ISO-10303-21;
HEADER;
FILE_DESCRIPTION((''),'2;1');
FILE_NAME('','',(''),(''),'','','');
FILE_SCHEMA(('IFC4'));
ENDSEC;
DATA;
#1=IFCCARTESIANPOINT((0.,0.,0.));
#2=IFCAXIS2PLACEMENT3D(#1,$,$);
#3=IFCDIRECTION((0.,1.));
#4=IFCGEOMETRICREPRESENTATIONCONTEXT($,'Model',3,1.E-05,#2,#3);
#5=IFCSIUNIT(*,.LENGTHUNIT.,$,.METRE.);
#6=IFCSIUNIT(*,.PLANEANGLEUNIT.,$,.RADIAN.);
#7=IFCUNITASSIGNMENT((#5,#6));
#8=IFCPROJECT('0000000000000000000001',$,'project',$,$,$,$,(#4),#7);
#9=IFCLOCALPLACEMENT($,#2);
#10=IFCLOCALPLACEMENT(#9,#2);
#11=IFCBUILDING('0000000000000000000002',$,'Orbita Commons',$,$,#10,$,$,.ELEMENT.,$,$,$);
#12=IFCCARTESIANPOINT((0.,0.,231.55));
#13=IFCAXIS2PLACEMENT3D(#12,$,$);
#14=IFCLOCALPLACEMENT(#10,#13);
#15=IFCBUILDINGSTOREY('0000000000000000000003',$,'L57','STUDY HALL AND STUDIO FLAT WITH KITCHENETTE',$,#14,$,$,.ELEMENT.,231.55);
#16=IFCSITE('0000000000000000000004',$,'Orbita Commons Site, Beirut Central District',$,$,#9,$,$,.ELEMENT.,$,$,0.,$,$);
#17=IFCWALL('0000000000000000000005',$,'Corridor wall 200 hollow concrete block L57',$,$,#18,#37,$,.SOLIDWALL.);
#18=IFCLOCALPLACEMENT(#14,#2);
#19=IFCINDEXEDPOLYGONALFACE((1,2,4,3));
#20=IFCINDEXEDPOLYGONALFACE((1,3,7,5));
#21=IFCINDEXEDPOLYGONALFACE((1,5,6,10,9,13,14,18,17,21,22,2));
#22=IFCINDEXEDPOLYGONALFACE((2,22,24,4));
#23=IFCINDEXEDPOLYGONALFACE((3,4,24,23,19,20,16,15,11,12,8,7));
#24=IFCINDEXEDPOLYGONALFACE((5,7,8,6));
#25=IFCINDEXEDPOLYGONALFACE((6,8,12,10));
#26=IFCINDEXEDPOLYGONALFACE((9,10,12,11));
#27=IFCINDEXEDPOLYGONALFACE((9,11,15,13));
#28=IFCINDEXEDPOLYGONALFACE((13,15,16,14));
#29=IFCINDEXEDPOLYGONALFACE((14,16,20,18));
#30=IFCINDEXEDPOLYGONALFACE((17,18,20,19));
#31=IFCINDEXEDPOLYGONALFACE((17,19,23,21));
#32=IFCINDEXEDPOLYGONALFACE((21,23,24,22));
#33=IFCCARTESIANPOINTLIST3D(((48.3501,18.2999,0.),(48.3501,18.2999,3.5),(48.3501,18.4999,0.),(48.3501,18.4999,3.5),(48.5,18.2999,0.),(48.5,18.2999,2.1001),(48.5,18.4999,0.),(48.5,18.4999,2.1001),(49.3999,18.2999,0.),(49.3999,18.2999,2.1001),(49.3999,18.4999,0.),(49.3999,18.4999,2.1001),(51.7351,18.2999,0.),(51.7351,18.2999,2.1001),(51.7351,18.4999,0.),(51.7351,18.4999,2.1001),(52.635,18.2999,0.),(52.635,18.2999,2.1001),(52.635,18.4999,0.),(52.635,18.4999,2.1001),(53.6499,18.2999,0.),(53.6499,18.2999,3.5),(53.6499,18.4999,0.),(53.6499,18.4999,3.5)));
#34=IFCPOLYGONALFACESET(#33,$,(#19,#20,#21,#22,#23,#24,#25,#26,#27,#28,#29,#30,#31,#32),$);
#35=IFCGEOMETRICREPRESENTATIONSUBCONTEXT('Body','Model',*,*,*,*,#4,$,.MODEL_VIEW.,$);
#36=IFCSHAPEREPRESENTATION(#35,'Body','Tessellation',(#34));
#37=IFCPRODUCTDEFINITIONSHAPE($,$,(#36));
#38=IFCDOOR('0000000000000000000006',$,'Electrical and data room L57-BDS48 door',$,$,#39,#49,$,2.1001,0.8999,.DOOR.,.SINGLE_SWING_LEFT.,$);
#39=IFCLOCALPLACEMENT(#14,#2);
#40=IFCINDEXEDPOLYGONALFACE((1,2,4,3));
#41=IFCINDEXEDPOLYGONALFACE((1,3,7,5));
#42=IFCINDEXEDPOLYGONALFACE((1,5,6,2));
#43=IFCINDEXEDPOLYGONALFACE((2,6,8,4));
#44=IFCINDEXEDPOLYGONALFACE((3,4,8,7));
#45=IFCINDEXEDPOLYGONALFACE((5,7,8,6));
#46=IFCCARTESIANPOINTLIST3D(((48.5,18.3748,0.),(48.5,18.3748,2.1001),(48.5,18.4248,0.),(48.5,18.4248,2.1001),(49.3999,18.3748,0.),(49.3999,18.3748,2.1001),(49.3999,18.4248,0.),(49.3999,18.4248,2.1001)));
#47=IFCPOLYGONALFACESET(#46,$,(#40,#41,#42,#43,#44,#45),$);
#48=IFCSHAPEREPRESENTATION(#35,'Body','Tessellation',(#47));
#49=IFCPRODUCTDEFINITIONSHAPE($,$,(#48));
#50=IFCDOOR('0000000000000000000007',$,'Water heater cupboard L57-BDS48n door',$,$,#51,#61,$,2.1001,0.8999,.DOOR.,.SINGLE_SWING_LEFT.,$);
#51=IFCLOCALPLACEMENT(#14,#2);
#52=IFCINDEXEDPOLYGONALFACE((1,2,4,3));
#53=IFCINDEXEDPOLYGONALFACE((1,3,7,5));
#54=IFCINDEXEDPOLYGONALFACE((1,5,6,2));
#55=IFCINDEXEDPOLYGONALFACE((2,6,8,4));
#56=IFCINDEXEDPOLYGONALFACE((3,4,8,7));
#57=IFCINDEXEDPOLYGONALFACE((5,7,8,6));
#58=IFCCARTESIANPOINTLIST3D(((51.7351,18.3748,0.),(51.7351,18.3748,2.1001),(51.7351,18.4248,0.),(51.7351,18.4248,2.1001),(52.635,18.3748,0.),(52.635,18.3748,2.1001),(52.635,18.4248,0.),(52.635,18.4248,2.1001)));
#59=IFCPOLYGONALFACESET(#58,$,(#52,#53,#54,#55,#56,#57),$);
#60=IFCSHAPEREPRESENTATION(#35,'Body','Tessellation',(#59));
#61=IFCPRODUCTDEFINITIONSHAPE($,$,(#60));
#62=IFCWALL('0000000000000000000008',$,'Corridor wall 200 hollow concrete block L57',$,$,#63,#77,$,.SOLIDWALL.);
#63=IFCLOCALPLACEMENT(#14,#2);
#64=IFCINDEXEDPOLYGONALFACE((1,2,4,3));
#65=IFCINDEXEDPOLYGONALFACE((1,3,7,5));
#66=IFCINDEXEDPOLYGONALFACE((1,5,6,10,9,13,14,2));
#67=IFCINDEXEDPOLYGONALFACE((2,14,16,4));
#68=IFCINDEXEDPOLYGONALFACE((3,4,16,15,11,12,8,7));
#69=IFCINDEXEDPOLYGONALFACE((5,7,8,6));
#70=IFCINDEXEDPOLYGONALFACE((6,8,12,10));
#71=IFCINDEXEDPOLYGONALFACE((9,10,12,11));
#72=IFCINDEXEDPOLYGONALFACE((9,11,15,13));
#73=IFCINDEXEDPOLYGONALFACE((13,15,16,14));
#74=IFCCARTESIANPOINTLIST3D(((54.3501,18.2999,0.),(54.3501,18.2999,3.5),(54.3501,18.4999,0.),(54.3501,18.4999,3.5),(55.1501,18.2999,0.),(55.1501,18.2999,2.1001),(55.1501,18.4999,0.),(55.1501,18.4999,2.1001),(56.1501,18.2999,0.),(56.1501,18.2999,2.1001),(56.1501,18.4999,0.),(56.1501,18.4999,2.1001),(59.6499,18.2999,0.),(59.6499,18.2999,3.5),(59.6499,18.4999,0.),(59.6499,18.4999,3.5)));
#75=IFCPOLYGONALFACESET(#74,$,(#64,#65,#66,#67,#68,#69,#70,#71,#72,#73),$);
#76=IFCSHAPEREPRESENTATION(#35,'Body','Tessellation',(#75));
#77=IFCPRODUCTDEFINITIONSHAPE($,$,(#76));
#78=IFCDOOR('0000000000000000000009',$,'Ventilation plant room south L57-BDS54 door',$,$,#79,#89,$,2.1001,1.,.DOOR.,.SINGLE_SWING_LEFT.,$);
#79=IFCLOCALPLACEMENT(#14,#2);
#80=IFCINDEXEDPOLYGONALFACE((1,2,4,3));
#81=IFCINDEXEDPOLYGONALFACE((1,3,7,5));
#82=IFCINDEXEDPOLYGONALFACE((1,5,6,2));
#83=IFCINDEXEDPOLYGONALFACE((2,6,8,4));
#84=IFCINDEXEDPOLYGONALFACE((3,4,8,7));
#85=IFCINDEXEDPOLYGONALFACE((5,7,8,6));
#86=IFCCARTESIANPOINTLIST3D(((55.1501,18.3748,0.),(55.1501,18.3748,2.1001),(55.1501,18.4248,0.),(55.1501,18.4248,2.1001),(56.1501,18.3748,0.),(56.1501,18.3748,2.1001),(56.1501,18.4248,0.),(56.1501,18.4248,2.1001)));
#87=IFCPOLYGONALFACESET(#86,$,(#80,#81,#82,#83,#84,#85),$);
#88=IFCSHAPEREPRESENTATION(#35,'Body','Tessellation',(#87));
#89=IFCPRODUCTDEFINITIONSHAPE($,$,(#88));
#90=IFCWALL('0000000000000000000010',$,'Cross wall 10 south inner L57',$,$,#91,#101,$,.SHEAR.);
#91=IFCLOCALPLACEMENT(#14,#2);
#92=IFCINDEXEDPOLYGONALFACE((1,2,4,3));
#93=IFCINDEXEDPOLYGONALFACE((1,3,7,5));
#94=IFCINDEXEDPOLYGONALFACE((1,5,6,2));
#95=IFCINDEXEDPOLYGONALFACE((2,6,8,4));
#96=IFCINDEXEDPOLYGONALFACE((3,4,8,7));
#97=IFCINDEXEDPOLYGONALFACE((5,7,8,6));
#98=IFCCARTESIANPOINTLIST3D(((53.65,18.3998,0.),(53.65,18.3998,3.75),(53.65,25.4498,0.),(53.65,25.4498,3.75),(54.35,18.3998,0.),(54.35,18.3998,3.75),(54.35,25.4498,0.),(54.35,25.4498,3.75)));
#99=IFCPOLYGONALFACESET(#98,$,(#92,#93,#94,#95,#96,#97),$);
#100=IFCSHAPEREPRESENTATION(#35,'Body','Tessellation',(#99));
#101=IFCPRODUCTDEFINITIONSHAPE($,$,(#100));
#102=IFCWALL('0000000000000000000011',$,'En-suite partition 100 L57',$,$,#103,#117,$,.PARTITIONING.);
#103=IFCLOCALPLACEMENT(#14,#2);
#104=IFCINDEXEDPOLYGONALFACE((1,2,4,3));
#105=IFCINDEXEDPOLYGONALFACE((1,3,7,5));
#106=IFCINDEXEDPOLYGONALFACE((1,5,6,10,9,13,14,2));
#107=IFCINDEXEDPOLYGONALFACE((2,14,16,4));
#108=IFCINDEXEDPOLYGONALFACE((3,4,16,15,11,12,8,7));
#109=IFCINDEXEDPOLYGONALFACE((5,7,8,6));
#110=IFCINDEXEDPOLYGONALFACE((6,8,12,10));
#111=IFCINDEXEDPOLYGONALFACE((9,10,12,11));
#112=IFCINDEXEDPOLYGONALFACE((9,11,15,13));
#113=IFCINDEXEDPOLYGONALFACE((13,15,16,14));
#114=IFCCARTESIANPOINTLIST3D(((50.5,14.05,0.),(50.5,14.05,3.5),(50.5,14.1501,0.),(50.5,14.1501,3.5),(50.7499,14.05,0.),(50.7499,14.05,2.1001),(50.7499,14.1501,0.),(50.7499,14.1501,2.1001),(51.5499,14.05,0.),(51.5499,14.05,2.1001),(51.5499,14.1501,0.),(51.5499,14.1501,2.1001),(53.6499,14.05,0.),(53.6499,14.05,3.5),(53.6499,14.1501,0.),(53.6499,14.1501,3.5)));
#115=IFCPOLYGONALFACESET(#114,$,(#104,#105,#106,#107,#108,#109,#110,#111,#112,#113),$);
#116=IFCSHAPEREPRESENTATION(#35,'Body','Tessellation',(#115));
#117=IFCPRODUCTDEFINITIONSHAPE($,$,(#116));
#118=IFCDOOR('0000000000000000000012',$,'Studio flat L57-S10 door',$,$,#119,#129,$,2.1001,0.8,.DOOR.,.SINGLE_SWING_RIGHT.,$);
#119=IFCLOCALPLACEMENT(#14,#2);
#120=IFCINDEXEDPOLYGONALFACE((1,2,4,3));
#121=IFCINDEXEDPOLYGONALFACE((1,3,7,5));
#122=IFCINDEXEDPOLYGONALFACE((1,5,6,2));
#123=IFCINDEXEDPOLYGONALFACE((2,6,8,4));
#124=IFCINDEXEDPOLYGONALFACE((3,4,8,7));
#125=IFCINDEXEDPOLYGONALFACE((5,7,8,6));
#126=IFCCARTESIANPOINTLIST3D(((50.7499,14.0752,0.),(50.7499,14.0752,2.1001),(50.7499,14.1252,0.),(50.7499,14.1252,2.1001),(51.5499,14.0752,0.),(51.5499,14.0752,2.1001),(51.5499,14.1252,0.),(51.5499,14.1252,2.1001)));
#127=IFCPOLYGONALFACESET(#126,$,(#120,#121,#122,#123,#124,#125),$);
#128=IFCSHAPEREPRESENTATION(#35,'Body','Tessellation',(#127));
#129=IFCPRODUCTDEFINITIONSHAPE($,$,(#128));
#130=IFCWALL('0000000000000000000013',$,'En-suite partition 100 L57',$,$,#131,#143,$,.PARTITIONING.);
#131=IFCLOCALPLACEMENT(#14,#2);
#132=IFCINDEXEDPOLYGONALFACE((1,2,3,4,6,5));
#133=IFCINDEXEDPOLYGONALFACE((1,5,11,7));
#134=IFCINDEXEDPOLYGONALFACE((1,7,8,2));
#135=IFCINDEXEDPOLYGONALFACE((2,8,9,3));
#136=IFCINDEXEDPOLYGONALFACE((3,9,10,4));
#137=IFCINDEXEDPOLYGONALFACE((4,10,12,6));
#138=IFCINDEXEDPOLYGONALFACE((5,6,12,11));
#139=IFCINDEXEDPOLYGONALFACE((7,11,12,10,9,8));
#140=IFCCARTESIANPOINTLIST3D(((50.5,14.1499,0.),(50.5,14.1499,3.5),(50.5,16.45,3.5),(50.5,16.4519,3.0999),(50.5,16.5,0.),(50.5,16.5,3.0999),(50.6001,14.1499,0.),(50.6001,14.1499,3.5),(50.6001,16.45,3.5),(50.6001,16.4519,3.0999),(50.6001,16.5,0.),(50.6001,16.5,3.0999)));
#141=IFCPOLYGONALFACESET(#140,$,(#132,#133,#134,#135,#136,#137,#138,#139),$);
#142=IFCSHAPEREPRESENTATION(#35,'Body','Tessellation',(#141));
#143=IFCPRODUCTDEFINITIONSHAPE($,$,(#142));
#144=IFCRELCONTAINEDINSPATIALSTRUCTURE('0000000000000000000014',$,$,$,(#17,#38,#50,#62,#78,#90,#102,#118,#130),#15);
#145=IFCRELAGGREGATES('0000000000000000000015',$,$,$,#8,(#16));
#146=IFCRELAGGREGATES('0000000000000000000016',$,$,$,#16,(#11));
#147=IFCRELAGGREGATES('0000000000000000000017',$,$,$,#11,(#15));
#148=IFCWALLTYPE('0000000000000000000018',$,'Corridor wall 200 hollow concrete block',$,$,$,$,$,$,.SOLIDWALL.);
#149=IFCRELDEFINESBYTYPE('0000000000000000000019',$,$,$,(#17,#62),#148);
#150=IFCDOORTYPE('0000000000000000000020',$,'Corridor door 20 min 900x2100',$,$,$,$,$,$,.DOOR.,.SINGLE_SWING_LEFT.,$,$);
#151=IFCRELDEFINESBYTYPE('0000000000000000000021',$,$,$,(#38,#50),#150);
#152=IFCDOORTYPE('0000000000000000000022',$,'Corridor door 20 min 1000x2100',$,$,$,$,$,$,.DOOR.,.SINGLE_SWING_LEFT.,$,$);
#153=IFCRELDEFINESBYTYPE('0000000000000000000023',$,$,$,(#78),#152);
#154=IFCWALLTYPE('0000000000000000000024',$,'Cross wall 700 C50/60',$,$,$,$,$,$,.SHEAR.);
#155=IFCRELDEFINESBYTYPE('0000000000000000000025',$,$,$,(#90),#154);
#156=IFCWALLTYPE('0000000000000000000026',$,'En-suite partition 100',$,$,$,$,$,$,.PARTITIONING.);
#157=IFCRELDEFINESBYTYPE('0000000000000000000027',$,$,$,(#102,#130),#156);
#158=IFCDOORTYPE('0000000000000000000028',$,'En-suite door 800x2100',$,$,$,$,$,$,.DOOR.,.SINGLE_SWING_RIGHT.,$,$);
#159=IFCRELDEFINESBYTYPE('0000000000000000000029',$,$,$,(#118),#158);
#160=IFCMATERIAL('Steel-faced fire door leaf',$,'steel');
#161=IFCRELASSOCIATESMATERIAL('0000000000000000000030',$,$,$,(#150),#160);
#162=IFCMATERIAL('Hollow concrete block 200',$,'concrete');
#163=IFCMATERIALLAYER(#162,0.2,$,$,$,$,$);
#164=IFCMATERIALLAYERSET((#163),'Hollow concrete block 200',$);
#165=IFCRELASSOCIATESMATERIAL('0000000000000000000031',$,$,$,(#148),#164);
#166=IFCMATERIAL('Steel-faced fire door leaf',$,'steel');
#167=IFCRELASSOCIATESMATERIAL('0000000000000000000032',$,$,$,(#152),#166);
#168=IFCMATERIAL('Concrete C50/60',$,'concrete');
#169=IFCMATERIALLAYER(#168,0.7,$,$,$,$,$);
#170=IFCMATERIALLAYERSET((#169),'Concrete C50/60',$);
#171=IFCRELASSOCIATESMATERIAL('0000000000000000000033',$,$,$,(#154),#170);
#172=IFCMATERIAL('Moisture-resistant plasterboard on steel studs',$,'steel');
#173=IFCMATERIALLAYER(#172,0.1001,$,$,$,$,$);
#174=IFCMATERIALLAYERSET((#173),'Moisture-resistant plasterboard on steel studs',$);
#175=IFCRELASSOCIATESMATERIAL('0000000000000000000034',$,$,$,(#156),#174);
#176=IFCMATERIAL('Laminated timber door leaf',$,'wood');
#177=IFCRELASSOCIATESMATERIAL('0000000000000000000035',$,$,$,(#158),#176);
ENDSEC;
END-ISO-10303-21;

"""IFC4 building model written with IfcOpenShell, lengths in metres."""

from ifc_helpers import new_model, si_unit, direction, frame, frame_2d, origin, place, context, subcontext, project, spatial, polyline, rectangle, outline, extrude, material, layer, layer_set, type_object, element, fill, save


model = new_model("IFC4")

# Units and contexts
model_context = context("Model", 3, precision=1e-05, world=origin(), true_north=direction((0.0, 1.0)))
body_context = subcontext(model_context, "Body", "Model", "MODEL_VIEW")
ifc_project = project(units=[si_unit("LENGTHUNIT", "METRE"), si_unit("PLANEANGLEUNIT", "RADIAN")], contexts=[model_context])

# Site, building, storey
site_placement = place(None, origin())
site = spatial("IfcSite", under=ifc_project, at=site_placement, Name="Orbita Commons Site, Beirut Central District", CompositionType="ELEMENT", RefElevation=0.0)
building_placement = place(site_placement, origin())
building = spatial("IfcBuilding", under=site, at=building_placement, Name="Orbita Commons", CompositionType="ELEMENT")
storey_placement = place(building_placement, frame((0.0, 0.0, 231.55)))
storey = spatial("IfcBuildingStorey", under=building, at=storey_placement, Name="L57", Description="STUDY HALL AND STUDIO FLAT WITH KITCHENETTE", CompositionType="ELEMENT", Elevation=231.55)

# Shared definitions
ifc_material_1 = material(Name="Steel-faced fire door leaf", Category="steel")
door_type_1 = type_object("IfcDoorType", Name="Corridor door 20 min 900x2100", OperationType="SINGLE_SWING_LEFT", PredefinedType="DOOR", material=ifc_material_1)

# Wall, openings, doors
ifc_material_2 = material(Name="Hollow concrete block 200", Category="concrete")
ifc_layer_1 = layer(ifc_material_2, 0.2)
ifc_layer_set_1 = layer_set([ifc_layer_1], Name="Hollow concrete block 200")
wall_type_1 = type_object("IfcWallType", Name="Corridor wall 200 hollow concrete block", PredefinedType="SOLIDWALL", material=ifc_layer_set_1)
wall_1_placement = place(storey_placement, frame((48.3501, 18.3999, 0.0), z_axis=(0.0, 0.0, 1.0), x_axis=(1.0, 0.0, 0.0)))
wall_1 = element("IfcWall", 1, at=wall_1_placement, inside=storey, type_object=wall_type_1, Name="Corridor wall 200 hollow concrete block L57", PredefinedType="SOLIDWALL", context=body_context, shape_type="SweptSolid", body=[
    extrude(rectangle(XDim=5.2998, YDim=0.2, at=frame_2d((2.6499, 0.0))), origin(), (0.0, 0.0, 1.0), 3.5),
])
opening_1_placement = place(wall_1_placement, frame((0.1499, 0.0, 0.0)))
opening_1 = element("IfcOpeningElement", 2, at=opening_1_placement, cuts=wall_1, PredefinedType="OPENING", context=body_context, shape_type="SweptSolid", body=[
    extrude(rectangle(XDim=0.8999, YDim=2.1001, at=frame_2d((0.45, 1.05))), frame((0.0, 0.1099, 0.0), z_axis=(0.0, -1.0, 0.0), x_axis=(1.0, 0.0, 0.0)), (0.0, 0.0, 1.0), 0.22),
])
opening_2_placement = place(wall_1_placement, frame((3.385, 0.0, 0.0)))
opening_2 = element("IfcOpeningElement", 3, at=opening_2_placement, cuts=wall_1, PredefinedType="OPENING", context=body_context, shape_type="SweptSolid", body=[
    extrude(rectangle(XDim=0.8999, YDim=2.1001, at=frame_2d((0.45, 1.05))), frame((0.0, 0.1099, 0.0), z_axis=(0.0, -1.0, 0.0), x_axis=(1.0, 0.0, 0.0)), (0.0, 0.0, 1.0), 0.22),
])
door_1_placement = place(opening_1_placement, origin())
door_1 = element("IfcDoor", 4, at=door_1_placement, inside=storey, type_object=door_type_1, Name="Electrical and data room L57-BDS48 door", OperationType="SINGLE_SWING_LEFT", OverallHeight=2.1001, OverallWidth=0.8999, PredefinedType="DOOR", context=body_context, shape_type="SweptSolid", body=[
    extrude(rectangle(XDim=0.8999, YDim=2.1001, at=frame_2d((0.45, 1.05))), frame((0.0, 0.0249, 0.0), z_axis=(0.0, -1.0, 0.0), x_axis=(1.0, 0.0, 0.0)), (0.0, 0.0, 1.0), 0.05),
])
fill(opening_1, door_1)
door_2_placement = place(opening_2_placement, origin())
door_2 = element("IfcDoor", 5, at=door_2_placement, inside=storey, type_object=door_type_1, Name="Water heater cupboard L57-BDS48n door", OperationType="SINGLE_SWING_LEFT", OverallHeight=2.1001, OverallWidth=0.8999, PredefinedType="DOOR", context=body_context, shape_type="SweptSolid", body=[
    extrude(rectangle(XDim=0.8999, YDim=2.1001, at=frame_2d((0.45, 1.05))), frame((0.0, 0.0249, 0.0), z_axis=(0.0, -1.0, 0.0), x_axis=(1.0, 0.0, 0.0)), (0.0, 0.0, 1.0), 0.05),
])
fill(opening_2, door_2)

# Wall, opening, door
wall_2_placement = place(storey_placement, frame((54.3501, 18.3999, 0.0), z_axis=(0.0, 0.0, 1.0), x_axis=(1.0, 0.0, 0.0)))
wall_2 = element("IfcWall", 6, at=wall_2_placement, inside=storey, type_object=wall_type_1, Name="Corridor wall 200 hollow concrete block L57", PredefinedType="SOLIDWALL", context=body_context, shape_type="SweptSolid", body=[
    extrude(rectangle(XDim=5.2998, YDim=0.2, at=frame_2d((2.6499, 0.0))), origin(), (0.0, 0.0, 1.0), 3.5),
])
opening_3_placement = place(wall_2_placement, frame((0.8, 0.0, 0.0)))
opening_3 = element("IfcOpeningElement", 7, at=opening_3_placement, cuts=wall_2, PredefinedType="OPENING", context=body_context, shape_type="SweptSolid", body=[
    extrude(rectangle(XDim=1.0, YDim=2.1001, at=frame_2d((0.5, 1.05))), frame((0.0, 0.1099, 0.0), z_axis=(0.0, -1.0, 0.0), x_axis=(1.0, 0.0, 0.0)), (0.0, 0.0, 1.0), 0.22),
])
ifc_material_3 = material(Name="Steel-faced fire door leaf", Category="steel")
door_type_2 = type_object("IfcDoorType", Name="Corridor door 20 min 1000x2100", OperationType="SINGLE_SWING_LEFT", PredefinedType="DOOR", material=ifc_material_3)
door_3_placement = place(opening_3_placement, origin())
door_3 = element("IfcDoor", 8, at=door_3_placement, inside=storey, type_object=door_type_2, Name="Ventilation plant room south L57-BDS54 door", OperationType="SINGLE_SWING_LEFT", OverallHeight=2.1001, OverallWidth=1.0, PredefinedType="DOOR", context=body_context, shape_type="SweptSolid", body=[
    extrude(rectangle(XDim=1.0, YDim=2.1001, at=frame_2d((0.5, 1.05))), frame((0.0, 0.0249, 0.0), z_axis=(0.0, -1.0, 0.0), x_axis=(1.0, 0.0, 0.0)), (0.0, 0.0, 1.0), 0.05),
])
fill(opening_3, door_3)

# Wall
ifc_material_4 = material(Name="Concrete C50/60", Category="concrete")
ifc_layer_2 = layer(ifc_material_4, 0.7)
ifc_layer_set_2 = layer_set([ifc_layer_2], Name="Concrete C50/60")
wall_type_2 = type_object("IfcWallType", Name="Cross wall 700 C50/60", PredefinedType="SHEAR", material=ifc_layer_set_2)
wall_3_placement = place(storey_placement, frame((54.0, 18.3999, 0.0), z_axis=(0.0, 0.0, 1.0), x_axis=(0.0, 1.0, 0.0)))
element("IfcWall", 9, at=wall_3_placement, inside=storey, type_object=wall_type_2, Name="Cross wall 10 south inner L57", PredefinedType="SHEAR", context=body_context, shape_type="SweptSolid", body=[
    extrude(rectangle(XDim=7.05, YDim=0.7, at=frame_2d((3.5249, 0.0))), origin(), (0.0, 0.0, 1.0), 3.75),
])

# Wall, opening, door
ifc_material_5 = material(Name="Moisture-resistant plasterboard on steel studs", Category="steel")
ifc_layer_3 = layer(ifc_material_5, 0.1001)
ifc_layer_set_3 = layer_set([ifc_layer_3], Name="Moisture-resistant plasterboard on steel studs")
wall_type_3 = type_object("IfcWallType", Name="En-suite partition 100", PredefinedType="PARTITIONING", material=ifc_layer_set_3)
wall_4_placement = place(storey_placement, frame((53.6499, 14.1001, 0.0), z_axis=(0.0, 0.0, 1.0), x_axis=(-1.0, 0.0, 0.0)))
wall_4 = element("IfcWall", 10, at=wall_4_placement, inside=storey, type_object=wall_type_3, Name="En-suite partition 100 L57", PredefinedType="PARTITIONING", context=body_context, shape_type="SweptSolid", body=[
    extrude(rectangle(XDim=3.1499, YDim=0.1001, at=frame_2d((1.575, 0.0))), origin(), (0.0, 0.0, 1.0), 3.5),
])
opening_4_placement = place(wall_4_placement, frame((2.1001, 0.0, 0.0)))
opening_4 = element("IfcOpeningElement", 11, at=opening_4_placement, cuts=wall_4, PredefinedType="OPENING", context=body_context, shape_type="SweptSolid", body=[
    extrude(rectangle(XDim=0.8, YDim=2.1001, at=frame_2d((0.3999, 1.05))), frame((0.0, 0.0601, 0.0), z_axis=(0.0, -1.0, 0.0), x_axis=(1.0, 0.0, 0.0)), (0.0, 0.0, 1.0), 0.1201),
])
ifc_material_6 = material(Name="Laminated timber door leaf", Category="wood")
door_type_3 = type_object("IfcDoorType", Name="En-suite door 800x2100", OperationType="SINGLE_SWING_RIGHT", PredefinedType="DOOR", material=ifc_material_6)
door_4_placement = place(opening_4_placement, origin())
door_4 = element("IfcDoor", 12, at=door_4_placement, inside=storey, type_object=door_type_3, Name="Studio flat L57-S10 door", OperationType="SINGLE_SWING_RIGHT", OverallHeight=2.1001, OverallWidth=0.8, PredefinedType="DOOR", context=body_context, shape_type="SweptSolid", body=[
    extrude(rectangle(XDim=0.8, YDim=2.1001, at=frame_2d((0.3999, 1.05))), frame((0.0, 0.0249, 0.0), z_axis=(0.0, -1.0, 0.0), x_axis=(1.0, 0.0, 0.0)), (0.0, 0.0, 1.0), 0.05),
])
fill(opening_4, door_4)

# Wall
wall_5_placement = place(storey_placement, frame((50.55, 14.1499, 0.0), z_axis=(0.0, 0.0, 1.0), x_axis=(0.0, 1.0, 0.0)))
element("IfcWall", 13, at=wall_5_placement, inside=storey, type_object=wall_type_3, Name="En-suite partition 100 L57", PredefinedType="PARTITIONING", context=body_context, shape_type="SweptSolid", body=[
    extrude(outline(polyline([(0.0, 0.0), (2.3501, 0.0), (2.3501, 3.0999), (2.302, 3.0999), (2.3, 3.5), (0.0, 3.5), (0.0, 0.0)])), frame((0.0, 0.05, 0.0), z_axis=(0.0, -1.0, 0.0), x_axis=(1.0, 0.0, 0.0)), (0.0, 0.0, 1.0), 0.1001),
])

save(model, "model.ifc")
